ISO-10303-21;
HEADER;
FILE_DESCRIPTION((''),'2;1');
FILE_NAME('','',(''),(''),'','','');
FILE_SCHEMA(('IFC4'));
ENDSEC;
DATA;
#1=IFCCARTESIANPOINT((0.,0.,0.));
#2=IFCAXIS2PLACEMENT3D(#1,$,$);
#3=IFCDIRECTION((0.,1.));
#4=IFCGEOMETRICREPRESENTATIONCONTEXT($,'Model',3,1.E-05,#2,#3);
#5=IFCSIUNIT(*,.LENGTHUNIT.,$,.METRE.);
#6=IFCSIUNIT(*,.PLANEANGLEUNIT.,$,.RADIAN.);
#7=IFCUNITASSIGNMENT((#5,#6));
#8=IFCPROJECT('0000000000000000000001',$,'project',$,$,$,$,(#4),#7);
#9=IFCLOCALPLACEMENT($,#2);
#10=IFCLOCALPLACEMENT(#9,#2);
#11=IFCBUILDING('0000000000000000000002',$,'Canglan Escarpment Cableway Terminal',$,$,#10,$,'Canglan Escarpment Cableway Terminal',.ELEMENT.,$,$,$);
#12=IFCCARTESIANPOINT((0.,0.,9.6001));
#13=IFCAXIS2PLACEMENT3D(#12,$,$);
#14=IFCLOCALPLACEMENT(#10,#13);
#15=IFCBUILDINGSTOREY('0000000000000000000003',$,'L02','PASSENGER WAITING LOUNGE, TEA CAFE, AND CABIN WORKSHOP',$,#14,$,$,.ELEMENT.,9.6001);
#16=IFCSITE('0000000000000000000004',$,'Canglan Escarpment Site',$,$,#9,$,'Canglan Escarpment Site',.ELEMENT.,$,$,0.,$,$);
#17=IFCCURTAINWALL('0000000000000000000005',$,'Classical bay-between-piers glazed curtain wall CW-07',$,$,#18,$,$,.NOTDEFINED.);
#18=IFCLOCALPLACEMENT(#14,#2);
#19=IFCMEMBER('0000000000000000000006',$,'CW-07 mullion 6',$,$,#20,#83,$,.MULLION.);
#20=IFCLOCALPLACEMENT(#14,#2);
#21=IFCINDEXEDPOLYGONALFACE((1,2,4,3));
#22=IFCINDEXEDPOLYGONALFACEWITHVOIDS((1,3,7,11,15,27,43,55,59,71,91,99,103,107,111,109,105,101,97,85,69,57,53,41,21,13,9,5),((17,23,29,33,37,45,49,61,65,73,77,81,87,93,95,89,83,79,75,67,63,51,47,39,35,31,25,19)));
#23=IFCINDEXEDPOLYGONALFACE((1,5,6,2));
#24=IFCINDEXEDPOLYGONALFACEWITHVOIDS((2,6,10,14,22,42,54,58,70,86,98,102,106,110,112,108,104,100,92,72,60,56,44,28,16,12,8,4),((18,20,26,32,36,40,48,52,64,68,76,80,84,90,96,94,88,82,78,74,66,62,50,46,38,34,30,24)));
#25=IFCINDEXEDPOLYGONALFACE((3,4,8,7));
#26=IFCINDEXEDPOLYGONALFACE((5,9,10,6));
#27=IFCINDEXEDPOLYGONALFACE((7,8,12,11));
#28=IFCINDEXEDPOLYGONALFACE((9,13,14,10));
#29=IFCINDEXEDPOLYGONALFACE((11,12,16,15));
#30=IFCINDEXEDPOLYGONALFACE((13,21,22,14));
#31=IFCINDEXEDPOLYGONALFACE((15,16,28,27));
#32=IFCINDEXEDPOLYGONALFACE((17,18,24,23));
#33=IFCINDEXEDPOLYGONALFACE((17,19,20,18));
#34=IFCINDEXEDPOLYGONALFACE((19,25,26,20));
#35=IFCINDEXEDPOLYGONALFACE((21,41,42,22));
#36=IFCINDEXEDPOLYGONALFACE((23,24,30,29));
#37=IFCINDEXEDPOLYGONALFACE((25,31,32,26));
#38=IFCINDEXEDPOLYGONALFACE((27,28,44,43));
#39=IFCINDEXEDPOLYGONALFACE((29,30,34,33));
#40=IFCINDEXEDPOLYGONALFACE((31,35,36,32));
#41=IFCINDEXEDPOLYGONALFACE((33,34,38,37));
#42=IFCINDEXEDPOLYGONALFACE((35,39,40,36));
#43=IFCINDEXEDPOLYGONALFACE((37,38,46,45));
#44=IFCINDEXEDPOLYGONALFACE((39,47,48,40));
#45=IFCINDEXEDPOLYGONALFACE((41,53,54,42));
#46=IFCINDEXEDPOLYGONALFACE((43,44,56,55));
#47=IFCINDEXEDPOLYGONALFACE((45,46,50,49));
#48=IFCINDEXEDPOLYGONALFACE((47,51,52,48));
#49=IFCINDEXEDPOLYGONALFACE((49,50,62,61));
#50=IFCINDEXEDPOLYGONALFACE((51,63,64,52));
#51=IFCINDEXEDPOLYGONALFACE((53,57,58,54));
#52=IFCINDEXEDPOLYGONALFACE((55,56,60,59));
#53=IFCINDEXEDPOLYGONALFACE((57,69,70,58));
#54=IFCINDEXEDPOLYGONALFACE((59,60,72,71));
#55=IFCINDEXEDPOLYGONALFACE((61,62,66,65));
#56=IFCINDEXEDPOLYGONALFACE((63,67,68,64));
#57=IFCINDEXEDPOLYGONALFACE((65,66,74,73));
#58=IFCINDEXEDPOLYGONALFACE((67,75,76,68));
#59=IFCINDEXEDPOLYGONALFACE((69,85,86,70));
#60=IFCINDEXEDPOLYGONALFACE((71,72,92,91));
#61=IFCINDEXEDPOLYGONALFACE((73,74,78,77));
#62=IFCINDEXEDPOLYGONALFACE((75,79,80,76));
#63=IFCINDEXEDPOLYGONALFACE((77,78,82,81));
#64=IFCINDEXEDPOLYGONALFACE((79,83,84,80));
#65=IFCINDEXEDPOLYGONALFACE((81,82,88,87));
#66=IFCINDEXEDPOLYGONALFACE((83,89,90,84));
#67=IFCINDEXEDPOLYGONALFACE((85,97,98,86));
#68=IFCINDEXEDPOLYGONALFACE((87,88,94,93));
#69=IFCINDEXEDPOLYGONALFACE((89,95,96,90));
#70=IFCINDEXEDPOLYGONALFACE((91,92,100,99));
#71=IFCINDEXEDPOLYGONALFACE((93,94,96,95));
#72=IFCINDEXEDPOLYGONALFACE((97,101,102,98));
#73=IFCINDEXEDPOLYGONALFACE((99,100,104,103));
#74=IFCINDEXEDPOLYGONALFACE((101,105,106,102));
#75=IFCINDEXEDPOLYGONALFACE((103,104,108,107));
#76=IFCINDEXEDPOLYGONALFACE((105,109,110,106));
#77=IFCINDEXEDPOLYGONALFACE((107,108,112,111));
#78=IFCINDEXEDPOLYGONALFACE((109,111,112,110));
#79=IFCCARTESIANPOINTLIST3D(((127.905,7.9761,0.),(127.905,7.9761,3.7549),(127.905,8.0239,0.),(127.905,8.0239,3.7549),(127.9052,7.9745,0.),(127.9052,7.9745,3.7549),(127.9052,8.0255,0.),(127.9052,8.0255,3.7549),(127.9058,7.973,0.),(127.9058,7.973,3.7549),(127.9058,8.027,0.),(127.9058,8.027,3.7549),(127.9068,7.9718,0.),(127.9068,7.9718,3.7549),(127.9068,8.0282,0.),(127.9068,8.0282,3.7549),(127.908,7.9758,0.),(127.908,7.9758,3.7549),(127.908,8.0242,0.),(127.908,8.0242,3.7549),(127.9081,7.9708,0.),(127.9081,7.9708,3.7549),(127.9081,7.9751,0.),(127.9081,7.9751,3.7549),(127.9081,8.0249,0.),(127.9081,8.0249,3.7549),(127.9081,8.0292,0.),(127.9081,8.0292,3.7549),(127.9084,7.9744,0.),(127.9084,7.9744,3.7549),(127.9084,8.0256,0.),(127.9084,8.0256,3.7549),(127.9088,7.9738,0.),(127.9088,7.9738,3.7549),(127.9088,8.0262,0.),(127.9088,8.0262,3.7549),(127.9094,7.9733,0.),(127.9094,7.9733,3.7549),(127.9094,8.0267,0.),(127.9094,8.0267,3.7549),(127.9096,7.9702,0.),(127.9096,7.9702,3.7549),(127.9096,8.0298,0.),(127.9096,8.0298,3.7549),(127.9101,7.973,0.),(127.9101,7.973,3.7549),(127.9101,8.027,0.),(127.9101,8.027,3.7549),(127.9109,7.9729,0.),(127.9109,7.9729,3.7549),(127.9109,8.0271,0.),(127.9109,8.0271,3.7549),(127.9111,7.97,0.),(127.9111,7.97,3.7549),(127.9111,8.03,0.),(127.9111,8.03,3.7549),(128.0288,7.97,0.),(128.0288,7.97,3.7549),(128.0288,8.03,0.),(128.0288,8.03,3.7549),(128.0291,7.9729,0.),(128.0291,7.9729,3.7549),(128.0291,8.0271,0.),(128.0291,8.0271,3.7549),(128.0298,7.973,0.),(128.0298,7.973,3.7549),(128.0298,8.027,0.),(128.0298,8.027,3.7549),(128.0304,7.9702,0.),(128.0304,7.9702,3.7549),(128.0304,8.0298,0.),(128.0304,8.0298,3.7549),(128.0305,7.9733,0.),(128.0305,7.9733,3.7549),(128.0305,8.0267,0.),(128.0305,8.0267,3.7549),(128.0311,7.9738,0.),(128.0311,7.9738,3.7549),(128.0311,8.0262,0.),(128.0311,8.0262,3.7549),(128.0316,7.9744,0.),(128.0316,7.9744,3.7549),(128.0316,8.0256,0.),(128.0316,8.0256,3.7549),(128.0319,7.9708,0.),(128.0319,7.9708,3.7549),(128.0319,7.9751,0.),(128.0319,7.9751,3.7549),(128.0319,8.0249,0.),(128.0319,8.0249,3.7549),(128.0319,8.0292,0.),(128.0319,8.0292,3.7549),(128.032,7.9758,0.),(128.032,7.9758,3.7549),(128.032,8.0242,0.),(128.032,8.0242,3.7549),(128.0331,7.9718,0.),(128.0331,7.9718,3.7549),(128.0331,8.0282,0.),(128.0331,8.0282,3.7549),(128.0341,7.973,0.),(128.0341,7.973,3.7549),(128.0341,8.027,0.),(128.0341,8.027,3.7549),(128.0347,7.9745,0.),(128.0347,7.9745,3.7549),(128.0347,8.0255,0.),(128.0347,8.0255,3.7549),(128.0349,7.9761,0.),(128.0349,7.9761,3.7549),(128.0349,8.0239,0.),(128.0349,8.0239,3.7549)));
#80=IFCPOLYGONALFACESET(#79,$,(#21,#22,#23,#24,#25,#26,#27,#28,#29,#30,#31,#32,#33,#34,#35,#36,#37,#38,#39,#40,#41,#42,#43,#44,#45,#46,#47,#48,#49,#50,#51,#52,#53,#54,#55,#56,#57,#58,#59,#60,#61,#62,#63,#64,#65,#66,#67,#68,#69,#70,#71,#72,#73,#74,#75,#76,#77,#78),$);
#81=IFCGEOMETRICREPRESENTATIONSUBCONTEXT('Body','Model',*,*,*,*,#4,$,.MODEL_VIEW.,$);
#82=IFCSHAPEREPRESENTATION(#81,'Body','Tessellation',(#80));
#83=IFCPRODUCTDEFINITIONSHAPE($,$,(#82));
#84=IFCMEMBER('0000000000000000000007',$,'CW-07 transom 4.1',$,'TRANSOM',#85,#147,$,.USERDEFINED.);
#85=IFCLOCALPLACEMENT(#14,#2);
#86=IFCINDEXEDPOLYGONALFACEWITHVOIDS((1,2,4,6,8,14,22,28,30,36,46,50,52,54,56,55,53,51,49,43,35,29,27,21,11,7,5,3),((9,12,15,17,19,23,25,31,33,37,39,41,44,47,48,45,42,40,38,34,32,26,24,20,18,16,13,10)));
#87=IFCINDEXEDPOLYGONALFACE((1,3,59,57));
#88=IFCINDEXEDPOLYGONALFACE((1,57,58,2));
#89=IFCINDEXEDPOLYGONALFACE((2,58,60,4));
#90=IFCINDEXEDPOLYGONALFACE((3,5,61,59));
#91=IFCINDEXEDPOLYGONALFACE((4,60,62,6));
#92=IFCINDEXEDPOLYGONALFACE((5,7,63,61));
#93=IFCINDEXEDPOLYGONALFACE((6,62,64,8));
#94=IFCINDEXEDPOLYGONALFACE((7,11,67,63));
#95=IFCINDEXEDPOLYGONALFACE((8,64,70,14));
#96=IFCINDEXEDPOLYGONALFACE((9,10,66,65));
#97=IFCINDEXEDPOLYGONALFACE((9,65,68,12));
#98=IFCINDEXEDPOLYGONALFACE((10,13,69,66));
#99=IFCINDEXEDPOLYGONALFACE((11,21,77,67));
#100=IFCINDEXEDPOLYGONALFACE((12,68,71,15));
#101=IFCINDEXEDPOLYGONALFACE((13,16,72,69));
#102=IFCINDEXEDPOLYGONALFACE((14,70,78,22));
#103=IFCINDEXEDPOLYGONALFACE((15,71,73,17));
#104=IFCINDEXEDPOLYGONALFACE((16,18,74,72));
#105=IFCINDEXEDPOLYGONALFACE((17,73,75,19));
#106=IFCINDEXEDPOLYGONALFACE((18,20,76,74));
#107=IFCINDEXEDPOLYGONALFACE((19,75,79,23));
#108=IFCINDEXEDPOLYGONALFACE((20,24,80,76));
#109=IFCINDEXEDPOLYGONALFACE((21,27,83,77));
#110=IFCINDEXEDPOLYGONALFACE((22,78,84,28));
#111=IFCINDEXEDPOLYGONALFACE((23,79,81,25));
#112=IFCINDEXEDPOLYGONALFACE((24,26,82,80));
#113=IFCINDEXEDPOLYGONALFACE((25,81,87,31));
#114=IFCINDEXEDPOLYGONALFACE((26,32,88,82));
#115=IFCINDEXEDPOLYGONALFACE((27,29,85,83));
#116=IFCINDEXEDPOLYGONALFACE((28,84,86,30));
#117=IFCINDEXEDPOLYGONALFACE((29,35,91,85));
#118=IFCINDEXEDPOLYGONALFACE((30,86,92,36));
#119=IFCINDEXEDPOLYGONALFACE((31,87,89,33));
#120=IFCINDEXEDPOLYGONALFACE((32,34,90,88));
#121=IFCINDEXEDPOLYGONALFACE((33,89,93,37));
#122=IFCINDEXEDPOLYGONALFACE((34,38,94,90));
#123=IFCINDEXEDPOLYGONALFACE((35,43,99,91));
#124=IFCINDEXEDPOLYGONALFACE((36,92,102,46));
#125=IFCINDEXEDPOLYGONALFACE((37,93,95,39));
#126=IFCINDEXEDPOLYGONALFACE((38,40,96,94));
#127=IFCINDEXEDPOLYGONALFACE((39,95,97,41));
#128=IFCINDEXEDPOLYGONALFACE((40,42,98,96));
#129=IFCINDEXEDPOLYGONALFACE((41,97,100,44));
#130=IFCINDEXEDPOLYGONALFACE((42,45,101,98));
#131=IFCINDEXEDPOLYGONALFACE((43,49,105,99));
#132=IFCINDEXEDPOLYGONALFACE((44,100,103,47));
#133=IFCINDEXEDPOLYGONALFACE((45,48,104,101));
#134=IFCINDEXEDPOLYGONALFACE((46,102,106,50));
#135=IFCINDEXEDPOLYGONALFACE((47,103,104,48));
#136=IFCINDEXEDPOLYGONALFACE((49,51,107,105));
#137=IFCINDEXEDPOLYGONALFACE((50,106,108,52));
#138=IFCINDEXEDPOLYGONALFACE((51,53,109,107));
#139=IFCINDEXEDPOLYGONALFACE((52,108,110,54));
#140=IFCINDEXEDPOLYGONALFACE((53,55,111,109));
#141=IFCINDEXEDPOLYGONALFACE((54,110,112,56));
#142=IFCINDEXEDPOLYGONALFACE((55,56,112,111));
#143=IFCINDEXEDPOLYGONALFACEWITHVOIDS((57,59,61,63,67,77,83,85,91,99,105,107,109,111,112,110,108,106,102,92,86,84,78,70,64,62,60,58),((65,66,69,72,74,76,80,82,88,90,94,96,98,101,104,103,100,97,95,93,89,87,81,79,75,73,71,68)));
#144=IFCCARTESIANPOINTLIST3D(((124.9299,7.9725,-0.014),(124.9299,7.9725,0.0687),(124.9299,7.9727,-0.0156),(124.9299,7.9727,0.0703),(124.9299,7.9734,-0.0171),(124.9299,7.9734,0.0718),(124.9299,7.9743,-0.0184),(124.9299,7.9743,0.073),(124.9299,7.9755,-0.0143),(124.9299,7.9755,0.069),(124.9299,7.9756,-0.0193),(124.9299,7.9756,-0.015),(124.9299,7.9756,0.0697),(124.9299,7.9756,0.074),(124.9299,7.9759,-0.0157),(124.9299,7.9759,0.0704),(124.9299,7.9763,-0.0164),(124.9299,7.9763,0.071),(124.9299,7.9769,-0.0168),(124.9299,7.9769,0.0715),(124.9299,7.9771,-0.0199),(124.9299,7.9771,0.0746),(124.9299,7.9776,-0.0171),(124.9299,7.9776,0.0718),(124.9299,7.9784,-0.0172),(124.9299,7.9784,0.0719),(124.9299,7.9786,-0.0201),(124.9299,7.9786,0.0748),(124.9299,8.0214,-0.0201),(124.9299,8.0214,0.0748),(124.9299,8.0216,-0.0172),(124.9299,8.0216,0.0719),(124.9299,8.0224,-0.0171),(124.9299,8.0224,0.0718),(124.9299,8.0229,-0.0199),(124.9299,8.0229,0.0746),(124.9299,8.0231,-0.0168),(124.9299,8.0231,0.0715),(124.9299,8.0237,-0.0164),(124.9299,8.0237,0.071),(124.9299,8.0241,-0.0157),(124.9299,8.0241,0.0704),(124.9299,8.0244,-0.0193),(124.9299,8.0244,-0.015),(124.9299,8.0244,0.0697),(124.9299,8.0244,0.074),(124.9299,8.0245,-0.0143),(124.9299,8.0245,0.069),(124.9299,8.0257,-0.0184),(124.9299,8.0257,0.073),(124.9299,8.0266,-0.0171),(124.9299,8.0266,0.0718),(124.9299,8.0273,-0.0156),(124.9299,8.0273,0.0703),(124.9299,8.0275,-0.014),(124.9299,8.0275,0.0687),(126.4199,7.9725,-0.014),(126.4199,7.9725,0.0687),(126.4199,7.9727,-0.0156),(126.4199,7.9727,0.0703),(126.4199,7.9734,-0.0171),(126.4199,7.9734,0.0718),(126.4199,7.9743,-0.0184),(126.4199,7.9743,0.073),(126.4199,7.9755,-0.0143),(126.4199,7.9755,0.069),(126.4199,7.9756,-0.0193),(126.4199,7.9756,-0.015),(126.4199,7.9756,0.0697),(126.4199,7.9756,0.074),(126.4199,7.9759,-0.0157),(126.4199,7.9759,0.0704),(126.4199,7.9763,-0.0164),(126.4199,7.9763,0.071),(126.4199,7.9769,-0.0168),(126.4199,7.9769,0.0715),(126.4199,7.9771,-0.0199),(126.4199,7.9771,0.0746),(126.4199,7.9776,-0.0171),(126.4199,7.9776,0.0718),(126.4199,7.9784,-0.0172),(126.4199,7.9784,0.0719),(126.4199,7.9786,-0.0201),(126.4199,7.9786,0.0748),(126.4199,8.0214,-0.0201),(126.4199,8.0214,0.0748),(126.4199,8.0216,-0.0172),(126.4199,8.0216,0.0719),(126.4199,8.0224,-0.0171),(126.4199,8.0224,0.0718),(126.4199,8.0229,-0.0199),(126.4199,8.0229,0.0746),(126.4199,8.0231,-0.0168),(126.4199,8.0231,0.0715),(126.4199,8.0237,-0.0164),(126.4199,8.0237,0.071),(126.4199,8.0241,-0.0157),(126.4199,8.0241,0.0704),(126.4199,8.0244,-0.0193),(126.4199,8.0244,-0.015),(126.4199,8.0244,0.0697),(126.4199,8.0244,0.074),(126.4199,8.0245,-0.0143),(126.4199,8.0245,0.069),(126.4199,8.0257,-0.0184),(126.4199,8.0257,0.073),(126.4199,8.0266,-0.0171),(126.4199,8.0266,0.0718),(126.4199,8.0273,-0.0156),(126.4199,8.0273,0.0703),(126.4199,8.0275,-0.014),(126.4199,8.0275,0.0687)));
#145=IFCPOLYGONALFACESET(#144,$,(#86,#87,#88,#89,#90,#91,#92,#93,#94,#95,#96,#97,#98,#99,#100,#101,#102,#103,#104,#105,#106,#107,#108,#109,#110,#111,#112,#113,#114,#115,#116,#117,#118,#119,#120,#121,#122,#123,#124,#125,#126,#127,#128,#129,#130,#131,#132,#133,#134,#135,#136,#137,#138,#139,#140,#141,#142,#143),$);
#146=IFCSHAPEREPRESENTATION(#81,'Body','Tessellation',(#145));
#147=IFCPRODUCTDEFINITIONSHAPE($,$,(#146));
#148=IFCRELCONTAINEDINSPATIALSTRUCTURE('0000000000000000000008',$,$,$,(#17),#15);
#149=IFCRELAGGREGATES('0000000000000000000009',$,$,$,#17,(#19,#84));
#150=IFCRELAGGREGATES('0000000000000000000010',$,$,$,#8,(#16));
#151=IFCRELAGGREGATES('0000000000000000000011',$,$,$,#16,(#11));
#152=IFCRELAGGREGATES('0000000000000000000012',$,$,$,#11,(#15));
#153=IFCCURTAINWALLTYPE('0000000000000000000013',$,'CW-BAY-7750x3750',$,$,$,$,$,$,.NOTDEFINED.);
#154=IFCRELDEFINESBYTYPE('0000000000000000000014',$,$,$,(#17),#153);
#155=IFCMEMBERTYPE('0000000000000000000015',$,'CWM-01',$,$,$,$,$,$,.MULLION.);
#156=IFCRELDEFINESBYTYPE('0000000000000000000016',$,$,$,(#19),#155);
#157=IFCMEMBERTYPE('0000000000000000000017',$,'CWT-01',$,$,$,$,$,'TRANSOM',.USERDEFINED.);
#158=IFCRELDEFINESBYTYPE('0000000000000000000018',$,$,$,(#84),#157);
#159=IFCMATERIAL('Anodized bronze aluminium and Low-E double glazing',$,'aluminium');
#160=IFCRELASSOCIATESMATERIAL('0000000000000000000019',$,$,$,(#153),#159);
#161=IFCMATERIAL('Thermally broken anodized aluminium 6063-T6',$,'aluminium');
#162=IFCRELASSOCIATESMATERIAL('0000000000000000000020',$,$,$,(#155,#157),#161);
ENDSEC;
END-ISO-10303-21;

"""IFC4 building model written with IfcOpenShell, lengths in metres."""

from ifc_helpers import new_model, si_unit, direction, frame, origin, origin_2d, place, context, subcontext, project, spatial, hollow_rectangle, extrude, material, material_profile, profile_set, type_object, element, aggregate, save


model = new_model("IFC4")

# Units and contexts
model_context = context("Model", 3, precision=1e-05, world=origin(), true_north=direction((0.0, 1.0)))
body_context = subcontext(model_context, "Body", "Model", "MODEL_VIEW")
ifc_project = project(units=[si_unit("LENGTHUNIT", "METRE"), si_unit("PLANEANGLEUNIT", "RADIAN")], contexts=[model_context])

# Site, building, storey
site_placement = place(None, origin())
site = spatial("IfcSite", under=ifc_project, at=site_placement, Name="Canglan Escarpment Site", LongName="Canglan Escarpment Site", CompositionType="ELEMENT", RefElevation=0.0)
building_placement = place(site_placement, origin())
building = spatial("IfcBuilding", under=site, at=building_placement, Name="Canglan Escarpment Cableway Terminal", LongName="Canglan Escarpment Cableway Terminal", CompositionType="ELEMENT")
storey_placement = place(building_placement, frame((0.0, 0.0, 9.6001)))
storey = spatial("IfcBuildingStorey", under=building, at=storey_placement, Name="L02", Description="PASSENGER WAITING LOUNGE, TEA CAFE, AND CABIN WORKSHOP", CompositionType="ELEMENT", Elevation=9.6001)

# Curtain wall, members
ifc_material_1 = material(Name="Anodized bronze aluminium and Low-E double glazing", Category="aluminium")
curtain_wall_type = type_object("IfcCurtainWallType", Name="CW-BAY-7750x3750", PredefinedType="NOTDEFINED", material=ifc_material_1)
curtain_wall_placement = place(storey_placement, origin())
curtain_wall = element("IfcCurtainWall", 1, at=curtain_wall_placement, inside=storey, type_object=curtain_wall_type, Name="Classical bay-between-piers glazed curtain wall CW-07", PredefinedType="NOTDEFINED")
ifc_material_2 = material(Name="Thermally broken anodized aluminium 6063-T6", Category="aluminium")
ifc_material_profile_1 = material_profile(ifc_material_2, hollow_rectangle(XDim=0.0601, YDim=0.1299, WallThickness=0.0029, InnerFilletRadius=0.0029, OuterFilletRadius=0.0061, at=origin_2d()), Name="ALU-MULL 60x130x3")
ifc_profile_set_1 = profile_set([ifc_material_profile_1], Name="Thermally broken anodized aluminium 6063-T6")
member_type_1 = type_object("IfcMemberType", Name="CWM-01", PredefinedType="MULLION", material=ifc_profile_set_1)
member_1_placement = place(storey_placement, frame((127.97, 8.0, 0.0), z_axis=(0.0, 0.0, 1.0), x_axis=(0.0, 1.0, 0.0)))
member_1 = element("IfcMember", 2, at=member_1_placement, type_object=member_type_1, Name="CW-07 mullion 6", PredefinedType="MULLION", context=body_context, shape_type="SweptSolid", body=[
    extrude(hollow_rectangle(XDim=0.0601, YDim=0.1299, WallThickness=0.0029, InnerFilletRadius=0.0029, OuterFilletRadius=0.0061, at=origin_2d()), origin(), (0.0, 0.0, 1.0), 3.7549),
])
ifc_material_profile_2 = material_profile(ifc_material_2, hollow_rectangle(XDim=0.0549, YDim=0.095, WallThickness=0.0029, InnerFilletRadius=0.0029, OuterFilletRadius=0.0061, at=origin_2d()), Name="ALU-TRAN 55x95x3")
ifc_profile_set_2 = profile_set([ifc_material_profile_2], Name="Thermally broken anodized aluminium 6063-T6")
member_type_2 = type_object("IfcMemberType", Name="CWT-01", ElementType="TRANSOM", PredefinedType="USERDEFINED", material=ifc_profile_set_2)
member_2_placement = place(storey_placement, frame((124.9299, 8.0, 0.0273), z_axis=(1.0, 0.0, 0.0), x_axis=(0.0, 1.0, 0.0)))
member_2 = element("IfcMember", 3, at=member_2_placement, type_object=member_type_2, Name="CW-07 transom 4.1", ObjectType="TRANSOM", PredefinedType="USERDEFINED", context=body_context, shape_type="SweptSolid", body=[
    extrude(hollow_rectangle(XDim=0.0549, YDim=0.095, WallThickness=0.0029, InnerFilletRadius=0.0029, OuterFilletRadius=0.0061, at=origin_2d()), origin(), (0.0, 0.0, 1.0), 1.49),
])

aggregate(curtain_wall, [member_1, member_2])

save(model, "model.ifc")
